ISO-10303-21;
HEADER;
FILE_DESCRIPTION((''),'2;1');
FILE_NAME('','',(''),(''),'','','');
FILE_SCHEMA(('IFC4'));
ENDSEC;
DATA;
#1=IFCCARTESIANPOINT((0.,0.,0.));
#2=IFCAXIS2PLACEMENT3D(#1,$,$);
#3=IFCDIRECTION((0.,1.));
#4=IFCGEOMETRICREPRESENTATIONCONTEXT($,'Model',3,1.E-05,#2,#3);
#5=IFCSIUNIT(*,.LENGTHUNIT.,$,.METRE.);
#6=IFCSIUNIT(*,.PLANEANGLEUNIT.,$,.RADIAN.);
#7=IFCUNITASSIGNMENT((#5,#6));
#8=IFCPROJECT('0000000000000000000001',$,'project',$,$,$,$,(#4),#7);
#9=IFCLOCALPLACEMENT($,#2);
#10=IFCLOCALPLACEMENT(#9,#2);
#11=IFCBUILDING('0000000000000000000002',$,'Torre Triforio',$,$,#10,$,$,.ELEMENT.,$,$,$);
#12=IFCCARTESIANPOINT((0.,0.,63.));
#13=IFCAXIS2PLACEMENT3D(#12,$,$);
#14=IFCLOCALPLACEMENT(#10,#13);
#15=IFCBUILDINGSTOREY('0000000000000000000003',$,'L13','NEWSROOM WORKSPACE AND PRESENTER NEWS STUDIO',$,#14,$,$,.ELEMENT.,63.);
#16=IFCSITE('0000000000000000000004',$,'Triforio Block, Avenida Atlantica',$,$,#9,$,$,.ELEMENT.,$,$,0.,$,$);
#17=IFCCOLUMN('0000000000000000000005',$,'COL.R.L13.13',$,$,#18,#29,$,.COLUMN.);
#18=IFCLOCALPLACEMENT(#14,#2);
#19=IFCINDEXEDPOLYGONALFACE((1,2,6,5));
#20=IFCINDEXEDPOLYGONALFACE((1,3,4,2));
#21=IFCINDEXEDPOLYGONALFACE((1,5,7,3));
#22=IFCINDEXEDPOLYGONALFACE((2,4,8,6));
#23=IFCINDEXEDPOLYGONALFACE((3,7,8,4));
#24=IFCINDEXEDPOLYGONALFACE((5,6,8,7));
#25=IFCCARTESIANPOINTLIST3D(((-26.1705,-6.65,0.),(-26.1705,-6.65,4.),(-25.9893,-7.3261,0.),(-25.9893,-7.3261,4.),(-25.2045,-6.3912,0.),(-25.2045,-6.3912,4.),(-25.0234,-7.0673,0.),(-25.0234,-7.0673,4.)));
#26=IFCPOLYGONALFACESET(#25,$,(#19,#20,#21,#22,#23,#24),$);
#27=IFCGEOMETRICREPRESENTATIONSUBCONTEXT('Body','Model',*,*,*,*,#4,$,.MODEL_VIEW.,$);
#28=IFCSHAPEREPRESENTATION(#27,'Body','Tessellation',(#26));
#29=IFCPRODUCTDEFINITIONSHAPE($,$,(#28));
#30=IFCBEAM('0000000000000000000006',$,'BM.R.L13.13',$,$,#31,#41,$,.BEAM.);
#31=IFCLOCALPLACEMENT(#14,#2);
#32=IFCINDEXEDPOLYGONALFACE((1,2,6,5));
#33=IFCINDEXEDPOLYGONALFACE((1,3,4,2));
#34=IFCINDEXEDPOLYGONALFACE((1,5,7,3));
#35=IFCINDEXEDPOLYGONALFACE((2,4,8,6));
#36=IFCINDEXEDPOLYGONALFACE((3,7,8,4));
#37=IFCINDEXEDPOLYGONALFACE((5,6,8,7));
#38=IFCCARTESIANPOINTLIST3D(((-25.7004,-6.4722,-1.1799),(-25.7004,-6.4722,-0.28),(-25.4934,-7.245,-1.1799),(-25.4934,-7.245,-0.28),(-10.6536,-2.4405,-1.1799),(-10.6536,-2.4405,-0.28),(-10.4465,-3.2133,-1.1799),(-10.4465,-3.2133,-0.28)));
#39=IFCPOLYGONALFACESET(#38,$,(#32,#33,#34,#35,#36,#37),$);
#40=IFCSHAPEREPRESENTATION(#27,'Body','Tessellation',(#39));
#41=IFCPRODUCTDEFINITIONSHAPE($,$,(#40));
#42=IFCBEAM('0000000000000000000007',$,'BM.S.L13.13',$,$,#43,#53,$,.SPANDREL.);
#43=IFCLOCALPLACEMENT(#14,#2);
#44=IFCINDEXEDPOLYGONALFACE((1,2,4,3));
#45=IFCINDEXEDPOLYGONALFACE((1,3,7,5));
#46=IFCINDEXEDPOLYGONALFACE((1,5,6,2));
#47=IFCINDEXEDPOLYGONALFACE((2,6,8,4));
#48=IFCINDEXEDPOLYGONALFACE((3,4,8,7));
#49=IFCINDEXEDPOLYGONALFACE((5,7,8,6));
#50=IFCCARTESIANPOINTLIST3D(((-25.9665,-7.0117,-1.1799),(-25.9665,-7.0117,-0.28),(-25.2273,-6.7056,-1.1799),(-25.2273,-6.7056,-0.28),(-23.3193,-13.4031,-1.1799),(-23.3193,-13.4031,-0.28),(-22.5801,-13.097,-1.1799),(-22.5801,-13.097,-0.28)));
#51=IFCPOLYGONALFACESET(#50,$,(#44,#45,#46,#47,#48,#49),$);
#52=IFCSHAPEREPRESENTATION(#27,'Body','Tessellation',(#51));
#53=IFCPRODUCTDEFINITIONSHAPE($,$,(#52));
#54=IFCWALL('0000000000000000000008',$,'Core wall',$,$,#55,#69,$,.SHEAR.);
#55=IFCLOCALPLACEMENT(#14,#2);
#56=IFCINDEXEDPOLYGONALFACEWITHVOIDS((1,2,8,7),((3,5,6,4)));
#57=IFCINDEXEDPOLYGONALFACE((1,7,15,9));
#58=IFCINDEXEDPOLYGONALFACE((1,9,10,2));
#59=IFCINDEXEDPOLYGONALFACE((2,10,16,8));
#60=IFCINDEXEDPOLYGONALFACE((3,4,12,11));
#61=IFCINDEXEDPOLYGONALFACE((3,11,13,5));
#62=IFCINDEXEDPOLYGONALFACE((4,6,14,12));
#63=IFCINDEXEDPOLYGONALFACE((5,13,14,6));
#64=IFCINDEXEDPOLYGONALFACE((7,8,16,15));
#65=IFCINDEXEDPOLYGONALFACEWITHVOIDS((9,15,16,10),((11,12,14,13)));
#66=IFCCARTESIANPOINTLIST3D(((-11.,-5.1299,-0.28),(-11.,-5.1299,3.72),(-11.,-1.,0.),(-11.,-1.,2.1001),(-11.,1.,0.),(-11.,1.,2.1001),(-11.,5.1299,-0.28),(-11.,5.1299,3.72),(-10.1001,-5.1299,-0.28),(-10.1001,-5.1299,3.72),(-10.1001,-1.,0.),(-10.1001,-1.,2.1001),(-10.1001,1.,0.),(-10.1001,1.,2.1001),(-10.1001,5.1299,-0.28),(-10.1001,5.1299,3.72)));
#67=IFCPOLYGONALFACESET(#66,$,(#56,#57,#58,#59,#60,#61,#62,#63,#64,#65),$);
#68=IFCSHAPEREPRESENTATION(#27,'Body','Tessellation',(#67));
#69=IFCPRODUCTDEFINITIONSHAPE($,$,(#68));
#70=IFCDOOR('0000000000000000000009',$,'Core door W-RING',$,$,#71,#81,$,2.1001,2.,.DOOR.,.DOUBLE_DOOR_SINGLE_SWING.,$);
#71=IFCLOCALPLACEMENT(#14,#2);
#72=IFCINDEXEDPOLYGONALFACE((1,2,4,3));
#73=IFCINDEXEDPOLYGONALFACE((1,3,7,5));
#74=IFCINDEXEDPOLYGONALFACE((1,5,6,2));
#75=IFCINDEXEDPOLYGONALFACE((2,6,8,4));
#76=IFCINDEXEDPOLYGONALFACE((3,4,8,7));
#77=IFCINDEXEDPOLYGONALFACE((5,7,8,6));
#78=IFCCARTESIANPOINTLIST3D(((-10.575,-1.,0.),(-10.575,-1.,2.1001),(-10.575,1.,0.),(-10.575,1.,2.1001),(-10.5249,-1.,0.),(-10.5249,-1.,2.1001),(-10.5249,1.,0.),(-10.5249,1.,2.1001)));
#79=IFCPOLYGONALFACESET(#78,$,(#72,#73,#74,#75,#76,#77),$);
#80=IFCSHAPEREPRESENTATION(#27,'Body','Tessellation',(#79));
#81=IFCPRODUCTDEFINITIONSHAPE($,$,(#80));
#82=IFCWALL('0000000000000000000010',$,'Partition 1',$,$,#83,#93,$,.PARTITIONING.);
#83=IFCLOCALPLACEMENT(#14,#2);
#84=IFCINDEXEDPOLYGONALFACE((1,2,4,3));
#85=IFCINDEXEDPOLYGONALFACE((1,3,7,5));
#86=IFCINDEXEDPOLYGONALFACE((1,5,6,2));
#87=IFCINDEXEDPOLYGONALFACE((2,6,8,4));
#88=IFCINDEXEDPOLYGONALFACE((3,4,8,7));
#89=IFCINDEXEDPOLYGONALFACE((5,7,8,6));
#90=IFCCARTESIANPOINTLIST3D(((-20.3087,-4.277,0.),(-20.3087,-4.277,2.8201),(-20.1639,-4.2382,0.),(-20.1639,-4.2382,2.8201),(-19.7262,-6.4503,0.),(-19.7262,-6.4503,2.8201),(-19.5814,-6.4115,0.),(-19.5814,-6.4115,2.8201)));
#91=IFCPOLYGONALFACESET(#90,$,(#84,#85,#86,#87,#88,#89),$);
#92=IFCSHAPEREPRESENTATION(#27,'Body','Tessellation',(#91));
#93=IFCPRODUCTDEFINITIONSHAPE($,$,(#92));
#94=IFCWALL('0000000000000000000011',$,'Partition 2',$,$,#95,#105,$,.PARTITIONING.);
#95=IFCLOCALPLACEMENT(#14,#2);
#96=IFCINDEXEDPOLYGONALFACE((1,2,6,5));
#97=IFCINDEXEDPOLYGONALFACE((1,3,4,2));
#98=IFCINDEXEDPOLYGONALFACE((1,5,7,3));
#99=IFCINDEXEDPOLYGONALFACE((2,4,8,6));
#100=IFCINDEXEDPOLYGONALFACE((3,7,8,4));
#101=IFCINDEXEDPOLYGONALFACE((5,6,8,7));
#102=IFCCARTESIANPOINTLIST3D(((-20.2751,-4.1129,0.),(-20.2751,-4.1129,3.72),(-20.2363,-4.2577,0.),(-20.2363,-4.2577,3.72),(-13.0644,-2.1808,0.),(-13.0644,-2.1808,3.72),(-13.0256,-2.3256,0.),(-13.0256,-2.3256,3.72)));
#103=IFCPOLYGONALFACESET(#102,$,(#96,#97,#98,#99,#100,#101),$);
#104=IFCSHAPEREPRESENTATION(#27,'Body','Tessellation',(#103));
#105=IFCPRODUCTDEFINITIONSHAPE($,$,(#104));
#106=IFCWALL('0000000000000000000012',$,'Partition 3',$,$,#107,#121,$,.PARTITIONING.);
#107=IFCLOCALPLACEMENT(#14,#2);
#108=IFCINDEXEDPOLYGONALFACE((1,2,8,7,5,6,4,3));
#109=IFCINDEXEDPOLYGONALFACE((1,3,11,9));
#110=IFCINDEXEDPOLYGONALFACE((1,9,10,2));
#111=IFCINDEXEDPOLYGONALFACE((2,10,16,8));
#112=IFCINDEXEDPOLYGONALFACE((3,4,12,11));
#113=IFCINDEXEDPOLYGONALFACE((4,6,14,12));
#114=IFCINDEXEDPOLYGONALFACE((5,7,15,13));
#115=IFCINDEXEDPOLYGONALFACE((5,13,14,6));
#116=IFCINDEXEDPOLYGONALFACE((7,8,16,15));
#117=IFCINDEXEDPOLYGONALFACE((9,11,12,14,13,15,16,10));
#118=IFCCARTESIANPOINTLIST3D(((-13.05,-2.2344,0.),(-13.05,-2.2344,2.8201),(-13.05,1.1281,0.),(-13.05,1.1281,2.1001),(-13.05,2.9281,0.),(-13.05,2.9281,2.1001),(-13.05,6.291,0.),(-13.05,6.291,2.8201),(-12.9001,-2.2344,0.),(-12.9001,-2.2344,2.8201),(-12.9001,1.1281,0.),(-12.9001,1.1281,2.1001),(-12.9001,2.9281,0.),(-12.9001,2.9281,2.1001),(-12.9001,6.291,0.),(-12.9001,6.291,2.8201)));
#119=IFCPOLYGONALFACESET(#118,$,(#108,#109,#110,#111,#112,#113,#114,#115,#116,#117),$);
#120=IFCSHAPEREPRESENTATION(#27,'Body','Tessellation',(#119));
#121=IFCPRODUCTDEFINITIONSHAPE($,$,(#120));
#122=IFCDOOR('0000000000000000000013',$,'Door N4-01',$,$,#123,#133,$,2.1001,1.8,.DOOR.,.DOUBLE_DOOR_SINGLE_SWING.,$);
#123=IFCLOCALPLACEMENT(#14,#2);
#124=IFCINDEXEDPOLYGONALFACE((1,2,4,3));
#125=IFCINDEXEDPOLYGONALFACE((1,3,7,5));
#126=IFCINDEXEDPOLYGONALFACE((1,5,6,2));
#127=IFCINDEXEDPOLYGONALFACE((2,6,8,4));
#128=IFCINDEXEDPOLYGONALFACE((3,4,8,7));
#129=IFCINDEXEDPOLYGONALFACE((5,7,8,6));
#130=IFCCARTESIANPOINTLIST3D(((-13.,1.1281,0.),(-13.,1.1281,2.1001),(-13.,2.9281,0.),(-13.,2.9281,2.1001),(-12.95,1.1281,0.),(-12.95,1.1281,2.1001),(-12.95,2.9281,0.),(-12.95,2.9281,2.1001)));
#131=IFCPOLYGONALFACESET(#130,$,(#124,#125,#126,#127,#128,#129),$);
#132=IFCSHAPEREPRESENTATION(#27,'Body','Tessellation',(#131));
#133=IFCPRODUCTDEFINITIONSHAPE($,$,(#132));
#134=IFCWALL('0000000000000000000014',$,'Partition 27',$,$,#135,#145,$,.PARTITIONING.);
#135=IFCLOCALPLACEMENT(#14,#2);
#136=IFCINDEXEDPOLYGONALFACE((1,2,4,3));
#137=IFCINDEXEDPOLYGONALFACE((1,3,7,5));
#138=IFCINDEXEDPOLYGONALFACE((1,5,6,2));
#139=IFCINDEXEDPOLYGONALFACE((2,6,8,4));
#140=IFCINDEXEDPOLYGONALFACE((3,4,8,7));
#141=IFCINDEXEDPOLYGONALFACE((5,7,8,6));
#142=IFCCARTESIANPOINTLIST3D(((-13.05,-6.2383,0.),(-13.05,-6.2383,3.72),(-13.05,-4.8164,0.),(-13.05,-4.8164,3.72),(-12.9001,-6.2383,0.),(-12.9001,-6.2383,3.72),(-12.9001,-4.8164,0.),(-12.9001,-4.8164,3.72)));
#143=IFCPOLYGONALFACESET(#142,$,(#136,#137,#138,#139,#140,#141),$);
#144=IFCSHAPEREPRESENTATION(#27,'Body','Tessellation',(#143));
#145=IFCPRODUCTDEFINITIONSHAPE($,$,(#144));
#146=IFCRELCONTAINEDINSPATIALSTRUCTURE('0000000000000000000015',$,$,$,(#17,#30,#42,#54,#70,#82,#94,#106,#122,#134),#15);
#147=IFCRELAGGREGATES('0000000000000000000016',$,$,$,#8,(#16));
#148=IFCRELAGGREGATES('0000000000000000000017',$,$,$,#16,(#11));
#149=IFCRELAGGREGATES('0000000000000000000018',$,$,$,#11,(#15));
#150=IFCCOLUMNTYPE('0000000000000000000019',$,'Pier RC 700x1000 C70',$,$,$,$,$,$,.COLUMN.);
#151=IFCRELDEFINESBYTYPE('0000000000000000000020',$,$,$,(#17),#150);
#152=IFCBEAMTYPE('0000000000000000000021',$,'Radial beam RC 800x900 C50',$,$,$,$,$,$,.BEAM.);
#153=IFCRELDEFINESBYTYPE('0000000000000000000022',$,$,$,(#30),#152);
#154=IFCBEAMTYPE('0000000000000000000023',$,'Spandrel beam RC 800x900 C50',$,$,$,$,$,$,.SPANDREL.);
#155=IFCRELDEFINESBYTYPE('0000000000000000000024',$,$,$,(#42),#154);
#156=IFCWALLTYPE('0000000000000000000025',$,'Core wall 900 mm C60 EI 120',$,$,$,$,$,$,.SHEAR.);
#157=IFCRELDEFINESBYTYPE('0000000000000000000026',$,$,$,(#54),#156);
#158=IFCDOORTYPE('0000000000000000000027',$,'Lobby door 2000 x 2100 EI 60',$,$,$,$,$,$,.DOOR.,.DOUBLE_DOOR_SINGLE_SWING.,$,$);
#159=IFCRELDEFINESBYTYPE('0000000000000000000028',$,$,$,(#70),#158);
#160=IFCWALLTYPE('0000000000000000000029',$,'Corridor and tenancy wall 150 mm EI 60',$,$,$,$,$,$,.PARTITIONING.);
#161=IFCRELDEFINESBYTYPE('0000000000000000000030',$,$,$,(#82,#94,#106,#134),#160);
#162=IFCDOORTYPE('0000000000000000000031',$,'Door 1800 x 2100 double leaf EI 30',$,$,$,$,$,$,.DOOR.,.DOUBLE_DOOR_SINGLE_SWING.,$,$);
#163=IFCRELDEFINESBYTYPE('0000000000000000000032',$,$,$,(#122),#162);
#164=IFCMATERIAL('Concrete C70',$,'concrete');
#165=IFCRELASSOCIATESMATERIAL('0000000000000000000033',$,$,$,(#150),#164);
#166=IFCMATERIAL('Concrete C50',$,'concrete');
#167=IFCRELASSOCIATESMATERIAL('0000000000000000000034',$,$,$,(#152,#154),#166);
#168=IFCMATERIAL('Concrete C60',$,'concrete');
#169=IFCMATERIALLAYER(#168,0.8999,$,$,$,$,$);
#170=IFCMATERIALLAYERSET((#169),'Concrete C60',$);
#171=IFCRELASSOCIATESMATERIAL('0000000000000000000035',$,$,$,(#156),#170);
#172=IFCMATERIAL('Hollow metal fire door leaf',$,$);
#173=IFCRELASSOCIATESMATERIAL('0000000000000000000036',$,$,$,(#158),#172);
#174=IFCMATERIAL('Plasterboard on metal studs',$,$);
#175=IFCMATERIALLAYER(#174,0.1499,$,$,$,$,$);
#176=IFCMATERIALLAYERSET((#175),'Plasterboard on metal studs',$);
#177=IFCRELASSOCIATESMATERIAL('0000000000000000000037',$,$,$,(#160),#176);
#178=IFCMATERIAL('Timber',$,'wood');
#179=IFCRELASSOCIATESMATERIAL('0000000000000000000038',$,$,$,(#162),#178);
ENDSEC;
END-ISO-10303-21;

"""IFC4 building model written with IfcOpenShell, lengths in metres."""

from ifc_helpers import new_model, si_unit, direction, frame, frame_2d, origin, origin_2d, place, context, subcontext, project, spatial, rectangle, extrude, material, layer, layer_set, material_profile, profile_set, type_object, element, fill, save


model = new_model("IFC4")

# Units and contexts
model_context = context("Model", 3, precision=1e-05, world=origin(), true_north=direction((0.0, 1.0)))
body_context = subcontext(model_context, "Body", "Model", "MODEL_VIEW")
ifc_project = project(units=[si_unit("LENGTHUNIT", "METRE"), si_unit("PLANEANGLEUNIT", "RADIAN")], contexts=[model_context])

# Site, building, storey
site_placement = place(None, origin())
site = spatial("IfcSite", under=ifc_project, at=site_placement, Name="Triforio Block, Avenida Atlantica", CompositionType="ELEMENT", RefElevation=0.0)
building_placement = place(site_placement, origin())
building = spatial("IfcBuilding", under=site, at=building_placement, Name="Torre Triforio", CompositionType="ELEMENT")
storey_placement = place(building_placement, frame((0.0, 0.0, 63.0)))
storey = spatial("IfcBuildingStorey", under=building, at=storey_placement, Name="L13", Description="NEWSROOM WORKSPACE AND PRESENTER NEWS STUDIO", CompositionType="ELEMENT", Elevation=63.0)

# Column
ifc_material_1 = material(Name="Concrete C70", Category="concrete")
ifc_material_profile_1 = material_profile(ifc_material_1, rectangle(XDim=0.7, YDim=1.0, at=origin_2d()), Name="RC 700x1000")
ifc_profile_set_1 = profile_set([ifc_material_profile_1], Name="Concrete C70")
column_type = type_object("IfcColumnType", Name="Pier RC 700x1000 C70", PredefinedType="COLUMN", material=ifc_profile_set_1)
column_placement = place(storey_placement, frame((-25.5969, -6.8586, 0.0), z_axis=(0.0, 0.0, 1.0), x_axis=(0.258819, -0.965926, 0.0)))
element("IfcColumn", 1, at=column_placement, inside=storey, type_object=column_type, Name="COL.R.L13.13", PredefinedType="COLUMN", context=body_context, shape_type="SweptSolid", body=[
    extrude(rectangle(XDim=0.7, YDim=1.0, at=origin_2d()), origin(), (0.0, 0.0, 1.0), 4.0),
])

# Beams
ifc_material_2 = material(Name="Concrete C50", Category="concrete")
ifc_material_profile_2 = material_profile(ifc_material_2, rectangle(XDim=0.8, YDim=0.8999, at=origin_2d()), Name="RC 800x900")
ifc_profile_set_2 = profile_set([ifc_material_profile_2], Name="Concrete C50")
beam_type_1 = type_object("IfcBeamType", Name="Radial beam RC 800x900 C50", PredefinedType="BEAM", material=ifc_profile_set_2)
beam_1_placement = place(storey_placement, frame((-10.55, -2.8269, -0.73), z_axis=(-0.965927, -0.258815, 0.0), x_axis=(0.258815, -0.965927, 0.0)))
element("IfcBeam", 2, at=beam_1_placement, inside=storey, type_object=beam_type_1, Name="BM.R.L13.13", PredefinedType="BEAM", context=body_context, shape_type="SweptSolid", body=[
    extrude(rectangle(XDim=0.8, YDim=0.8999, at=origin_2d()), origin(), (0.0, 0.0, 1.0), 15.5776),
])
ifc_material_profile_3 = material_profile(ifc_material_2, rectangle(XDim=0.8, YDim=0.8999, at=origin_2d()), Name="RC 800x900")
ifc_profile_set_3 = profile_set([ifc_material_profile_3], Name="Concrete C50")
beam_type_2 = type_object("IfcBeamType", Name="Spandrel beam RC 800x900 C50", PredefinedType="SPANDREL", material=ifc_profile_set_3)
beam_2_placement = place(storey_placement, frame((-25.5969, -6.8586, -0.73), z_axis=(0.382662, -0.923888, 0.0), x_axis=(0.923888, 0.382662, 0.0)))
element("IfcBeam", 3, at=beam_2_placement, inside=storey, type_object=beam_type_2, Name="BM.S.L13.13", PredefinedType="SPANDREL", context=body_context, shape_type="SweptSolid", body=[
    extrude(rectangle(XDim=0.8, YDim=0.8999, at=origin_2d()), origin(), (0.0, 0.0, 1.0), 6.918),
])

# Wall, opening, door
ifc_material_3 = material(Name="Concrete C60", Category="concrete")
ifc_layer_1 = layer(ifc_material_3, 0.8999)
ifc_layer_set_1 = layer_set([ifc_layer_1], Name="Concrete C60")
wall_type_1 = type_object("IfcWallType", Name="Core wall 900 mm C60 EI 120", PredefinedType="SHEAR", material=ifc_layer_set_1)
wall_1_placement = place(storey_placement, frame((-10.55, -5.1299, -0.28), z_axis=(0.0, 0.0, 1.0), x_axis=(0.0, 1.0, 0.0)))
wall_1 = element("IfcWall", 4, at=wall_1_placement, inside=storey, type_object=wall_type_1, Name="Core wall", PredefinedType="SHEAR", context=body_context, shape_type="SweptSolid", body=[
    extrude(rectangle(XDim=10.2598, YDim=0.8999, at=frame_2d((5.1299, 0.0))), origin(), (0.0, 0.0, 1.0), 4.0),
])
opening_1_placement = place(wall_1_placement, frame((4.1299, 0.0, 0.28)))
opening_1 = element("IfcOpeningElement", 5, at=opening_1_placement, cuts=wall_1, PredefinedType="OPENING", context=body_context, shape_type="SweptSolid", body=[
    extrude(rectangle(XDim=2.0, YDim=2.1001, at=frame_2d((1.0, 1.05))), frame((0.0, 0.46, 0.0), z_axis=(0.0, -1.0, 0.0), x_axis=(1.0, 0.0, 0.0)), (0.0, 0.0, 1.0), 0.9199),
])
ifc_material_4 = material(Name="Hollow metal fire door leaf")
door_type_1 = type_object("IfcDoorType", Name="Lobby door 2000 x 2100 EI 60", OperationType="DOUBLE_DOOR_SINGLE_SWING", PredefinedType="DOOR", material=ifc_material_4)
door_1_placement = place(opening_1_placement, origin())
door_1 = element("IfcDoor", 6, at=door_1_placement, inside=storey, type_object=door_type_1, Name="Core door W-RING", OperationType="DOUBLE_DOOR_SINGLE_SWING", OverallHeight=2.1001, OverallWidth=2.0, PredefinedType="DOOR", context=body_context, shape_type="SweptSolid", body=[
    extrude(rectangle(XDim=2.0, YDim=2.1001, at=frame_2d((1.0, 1.05))), frame((0.0, 0.0249, 0.0), z_axis=(0.0, -1.0, 0.0), x_axis=(1.0, 0.0, 0.0)), (0.0, 0.0, 1.0), 0.05),
])
fill(opening_1, door_1)

# Walls
ifc_material_5 = material(Name="Plasterboard on metal studs")
ifc_layer_2 = layer(ifc_material_5, 0.1499)
ifc_layer_set_2 = layer_set([ifc_layer_2], Name="Plasterboard on metal studs")
wall_type_2 = type_object("IfcWallType", Name="Corridor and tenancy wall 150 mm EI 60", PredefinedType="PARTITIONING", material=ifc_layer_set_2)
wall_2_placement = place(storey_placement, frame((-19.6538, -6.4309, 0.0), z_axis=(0.0, 0.0, 1.0), x_axis=(-0.258892, 0.965906, 0.0)))
element("IfcWall", 7, at=wall_2_placement, inside=storey, type_object=wall_type_2, Name="Partition 1", PredefinedType="PARTITIONING", context=body_context, shape_type="SweptSolid", body=[
    extrude(rectangle(XDim=2.25, YDim=0.1499, at=frame_2d((1.125, 0.0))), origin(), (0.0, 0.0, 1.0), 2.8201),
])
wall_3_placement = place(storey_placement, frame((-20.2556, -4.1853, 0.0), z_axis=(0.0, 0.0, 1.0), x_axis=(0.965925, 0.258823, 0.0)))
element("IfcWall", 8, at=wall_3_placement, inside=storey, type_object=wall_type_2, Name="Partition 2", PredefinedType="PARTITIONING", context=body_context, shape_type="SweptSolid", body=[
    extrude(rectangle(XDim=7.4651, YDim=0.1499, at=frame_2d((3.7324, 0.0))), origin(), (0.0, 0.0, 1.0), 3.72),
])

# Wall, opening, door
wall_4_placement = place(storey_placement, frame((-12.9751, -2.2344, 0.0), z_axis=(0.0, 0.0, 1.0), x_axis=(0.0, 1.0, 0.0)))
wall_4 = element("IfcWall", 9, at=wall_4_placement, inside=storey, type_object=wall_type_2, Name="Partition 3", PredefinedType="PARTITIONING", context=body_context, shape_type="SweptSolid", body=[
    extrude(rectangle(XDim=8.5254, YDim=0.1499, at=frame_2d((4.2627, 0.0))), origin(), (0.0, 0.0, 1.0), 2.8201),
])
opening_2_placement = place(wall_4_placement, frame((3.3625, 0.0, 0.0)))
opening_2 = element("IfcOpeningElement", 10, at=opening_2_placement, cuts=wall_4, PredefinedType="OPENING", context=body_context, shape_type="SweptSolid", body=[
    extrude(rectangle(XDim=1.8, YDim=2.1001, at=frame_2d((0.8999, 1.05))), frame((0.0, 0.085, 0.0), z_axis=(0.0, -1.0, 0.0), x_axis=(1.0, 0.0, 0.0)), (0.0, 0.0, 1.0), 0.1699),
])
ifc_material_6 = material(Name="Timber", Category="wood")
door_type_2 = type_object("IfcDoorType", Name="Door 1800 x 2100 double leaf EI 30", OperationType="DOUBLE_DOOR_SINGLE_SWING", PredefinedType="DOOR", material=ifc_material_6)
door_2_placement = place(opening_2_placement, origin())
door_2 = element("IfcDoor", 11, at=door_2_placement, inside=storey, type_object=door_type_2, Name="Door N4-01", OperationType="DOUBLE_DOOR_SINGLE_SWING", OverallHeight=2.1001, OverallWidth=1.8, PredefinedType="DOOR", context=body_context, shape_type="SweptSolid", body=[
    extrude(rectangle(XDim=1.8, YDim=2.1001, at=frame_2d((0.8999, 1.05))), frame((0.0, 0.0249, 0.0), z_axis=(0.0, -1.0, 0.0), x_axis=(1.0, 0.0, 0.0)), (0.0, 0.0, 1.0), 0.05),
])
fill(opening_2, door_2)

# Wall
wall_5_placement = place(storey_placement, frame((-12.9751, -6.2383, 0.0), z_axis=(0.0, 0.0, 1.0), x_axis=(0.0, 1.0, 0.0)))
element("IfcWall", 12, at=wall_5_placement, inside=storey, type_object=wall_type_2, Name="Partition 27", PredefinedType="PARTITIONING", context=body_context, shape_type="SweptSolid", body=[
    extrude(rectangle(XDim=1.4219, YDim=0.1499, at=frame_2d((0.7109, 0.0))), origin(), (0.0, 0.0, 1.0), 3.72),
])

save(model, "model.ifc")
